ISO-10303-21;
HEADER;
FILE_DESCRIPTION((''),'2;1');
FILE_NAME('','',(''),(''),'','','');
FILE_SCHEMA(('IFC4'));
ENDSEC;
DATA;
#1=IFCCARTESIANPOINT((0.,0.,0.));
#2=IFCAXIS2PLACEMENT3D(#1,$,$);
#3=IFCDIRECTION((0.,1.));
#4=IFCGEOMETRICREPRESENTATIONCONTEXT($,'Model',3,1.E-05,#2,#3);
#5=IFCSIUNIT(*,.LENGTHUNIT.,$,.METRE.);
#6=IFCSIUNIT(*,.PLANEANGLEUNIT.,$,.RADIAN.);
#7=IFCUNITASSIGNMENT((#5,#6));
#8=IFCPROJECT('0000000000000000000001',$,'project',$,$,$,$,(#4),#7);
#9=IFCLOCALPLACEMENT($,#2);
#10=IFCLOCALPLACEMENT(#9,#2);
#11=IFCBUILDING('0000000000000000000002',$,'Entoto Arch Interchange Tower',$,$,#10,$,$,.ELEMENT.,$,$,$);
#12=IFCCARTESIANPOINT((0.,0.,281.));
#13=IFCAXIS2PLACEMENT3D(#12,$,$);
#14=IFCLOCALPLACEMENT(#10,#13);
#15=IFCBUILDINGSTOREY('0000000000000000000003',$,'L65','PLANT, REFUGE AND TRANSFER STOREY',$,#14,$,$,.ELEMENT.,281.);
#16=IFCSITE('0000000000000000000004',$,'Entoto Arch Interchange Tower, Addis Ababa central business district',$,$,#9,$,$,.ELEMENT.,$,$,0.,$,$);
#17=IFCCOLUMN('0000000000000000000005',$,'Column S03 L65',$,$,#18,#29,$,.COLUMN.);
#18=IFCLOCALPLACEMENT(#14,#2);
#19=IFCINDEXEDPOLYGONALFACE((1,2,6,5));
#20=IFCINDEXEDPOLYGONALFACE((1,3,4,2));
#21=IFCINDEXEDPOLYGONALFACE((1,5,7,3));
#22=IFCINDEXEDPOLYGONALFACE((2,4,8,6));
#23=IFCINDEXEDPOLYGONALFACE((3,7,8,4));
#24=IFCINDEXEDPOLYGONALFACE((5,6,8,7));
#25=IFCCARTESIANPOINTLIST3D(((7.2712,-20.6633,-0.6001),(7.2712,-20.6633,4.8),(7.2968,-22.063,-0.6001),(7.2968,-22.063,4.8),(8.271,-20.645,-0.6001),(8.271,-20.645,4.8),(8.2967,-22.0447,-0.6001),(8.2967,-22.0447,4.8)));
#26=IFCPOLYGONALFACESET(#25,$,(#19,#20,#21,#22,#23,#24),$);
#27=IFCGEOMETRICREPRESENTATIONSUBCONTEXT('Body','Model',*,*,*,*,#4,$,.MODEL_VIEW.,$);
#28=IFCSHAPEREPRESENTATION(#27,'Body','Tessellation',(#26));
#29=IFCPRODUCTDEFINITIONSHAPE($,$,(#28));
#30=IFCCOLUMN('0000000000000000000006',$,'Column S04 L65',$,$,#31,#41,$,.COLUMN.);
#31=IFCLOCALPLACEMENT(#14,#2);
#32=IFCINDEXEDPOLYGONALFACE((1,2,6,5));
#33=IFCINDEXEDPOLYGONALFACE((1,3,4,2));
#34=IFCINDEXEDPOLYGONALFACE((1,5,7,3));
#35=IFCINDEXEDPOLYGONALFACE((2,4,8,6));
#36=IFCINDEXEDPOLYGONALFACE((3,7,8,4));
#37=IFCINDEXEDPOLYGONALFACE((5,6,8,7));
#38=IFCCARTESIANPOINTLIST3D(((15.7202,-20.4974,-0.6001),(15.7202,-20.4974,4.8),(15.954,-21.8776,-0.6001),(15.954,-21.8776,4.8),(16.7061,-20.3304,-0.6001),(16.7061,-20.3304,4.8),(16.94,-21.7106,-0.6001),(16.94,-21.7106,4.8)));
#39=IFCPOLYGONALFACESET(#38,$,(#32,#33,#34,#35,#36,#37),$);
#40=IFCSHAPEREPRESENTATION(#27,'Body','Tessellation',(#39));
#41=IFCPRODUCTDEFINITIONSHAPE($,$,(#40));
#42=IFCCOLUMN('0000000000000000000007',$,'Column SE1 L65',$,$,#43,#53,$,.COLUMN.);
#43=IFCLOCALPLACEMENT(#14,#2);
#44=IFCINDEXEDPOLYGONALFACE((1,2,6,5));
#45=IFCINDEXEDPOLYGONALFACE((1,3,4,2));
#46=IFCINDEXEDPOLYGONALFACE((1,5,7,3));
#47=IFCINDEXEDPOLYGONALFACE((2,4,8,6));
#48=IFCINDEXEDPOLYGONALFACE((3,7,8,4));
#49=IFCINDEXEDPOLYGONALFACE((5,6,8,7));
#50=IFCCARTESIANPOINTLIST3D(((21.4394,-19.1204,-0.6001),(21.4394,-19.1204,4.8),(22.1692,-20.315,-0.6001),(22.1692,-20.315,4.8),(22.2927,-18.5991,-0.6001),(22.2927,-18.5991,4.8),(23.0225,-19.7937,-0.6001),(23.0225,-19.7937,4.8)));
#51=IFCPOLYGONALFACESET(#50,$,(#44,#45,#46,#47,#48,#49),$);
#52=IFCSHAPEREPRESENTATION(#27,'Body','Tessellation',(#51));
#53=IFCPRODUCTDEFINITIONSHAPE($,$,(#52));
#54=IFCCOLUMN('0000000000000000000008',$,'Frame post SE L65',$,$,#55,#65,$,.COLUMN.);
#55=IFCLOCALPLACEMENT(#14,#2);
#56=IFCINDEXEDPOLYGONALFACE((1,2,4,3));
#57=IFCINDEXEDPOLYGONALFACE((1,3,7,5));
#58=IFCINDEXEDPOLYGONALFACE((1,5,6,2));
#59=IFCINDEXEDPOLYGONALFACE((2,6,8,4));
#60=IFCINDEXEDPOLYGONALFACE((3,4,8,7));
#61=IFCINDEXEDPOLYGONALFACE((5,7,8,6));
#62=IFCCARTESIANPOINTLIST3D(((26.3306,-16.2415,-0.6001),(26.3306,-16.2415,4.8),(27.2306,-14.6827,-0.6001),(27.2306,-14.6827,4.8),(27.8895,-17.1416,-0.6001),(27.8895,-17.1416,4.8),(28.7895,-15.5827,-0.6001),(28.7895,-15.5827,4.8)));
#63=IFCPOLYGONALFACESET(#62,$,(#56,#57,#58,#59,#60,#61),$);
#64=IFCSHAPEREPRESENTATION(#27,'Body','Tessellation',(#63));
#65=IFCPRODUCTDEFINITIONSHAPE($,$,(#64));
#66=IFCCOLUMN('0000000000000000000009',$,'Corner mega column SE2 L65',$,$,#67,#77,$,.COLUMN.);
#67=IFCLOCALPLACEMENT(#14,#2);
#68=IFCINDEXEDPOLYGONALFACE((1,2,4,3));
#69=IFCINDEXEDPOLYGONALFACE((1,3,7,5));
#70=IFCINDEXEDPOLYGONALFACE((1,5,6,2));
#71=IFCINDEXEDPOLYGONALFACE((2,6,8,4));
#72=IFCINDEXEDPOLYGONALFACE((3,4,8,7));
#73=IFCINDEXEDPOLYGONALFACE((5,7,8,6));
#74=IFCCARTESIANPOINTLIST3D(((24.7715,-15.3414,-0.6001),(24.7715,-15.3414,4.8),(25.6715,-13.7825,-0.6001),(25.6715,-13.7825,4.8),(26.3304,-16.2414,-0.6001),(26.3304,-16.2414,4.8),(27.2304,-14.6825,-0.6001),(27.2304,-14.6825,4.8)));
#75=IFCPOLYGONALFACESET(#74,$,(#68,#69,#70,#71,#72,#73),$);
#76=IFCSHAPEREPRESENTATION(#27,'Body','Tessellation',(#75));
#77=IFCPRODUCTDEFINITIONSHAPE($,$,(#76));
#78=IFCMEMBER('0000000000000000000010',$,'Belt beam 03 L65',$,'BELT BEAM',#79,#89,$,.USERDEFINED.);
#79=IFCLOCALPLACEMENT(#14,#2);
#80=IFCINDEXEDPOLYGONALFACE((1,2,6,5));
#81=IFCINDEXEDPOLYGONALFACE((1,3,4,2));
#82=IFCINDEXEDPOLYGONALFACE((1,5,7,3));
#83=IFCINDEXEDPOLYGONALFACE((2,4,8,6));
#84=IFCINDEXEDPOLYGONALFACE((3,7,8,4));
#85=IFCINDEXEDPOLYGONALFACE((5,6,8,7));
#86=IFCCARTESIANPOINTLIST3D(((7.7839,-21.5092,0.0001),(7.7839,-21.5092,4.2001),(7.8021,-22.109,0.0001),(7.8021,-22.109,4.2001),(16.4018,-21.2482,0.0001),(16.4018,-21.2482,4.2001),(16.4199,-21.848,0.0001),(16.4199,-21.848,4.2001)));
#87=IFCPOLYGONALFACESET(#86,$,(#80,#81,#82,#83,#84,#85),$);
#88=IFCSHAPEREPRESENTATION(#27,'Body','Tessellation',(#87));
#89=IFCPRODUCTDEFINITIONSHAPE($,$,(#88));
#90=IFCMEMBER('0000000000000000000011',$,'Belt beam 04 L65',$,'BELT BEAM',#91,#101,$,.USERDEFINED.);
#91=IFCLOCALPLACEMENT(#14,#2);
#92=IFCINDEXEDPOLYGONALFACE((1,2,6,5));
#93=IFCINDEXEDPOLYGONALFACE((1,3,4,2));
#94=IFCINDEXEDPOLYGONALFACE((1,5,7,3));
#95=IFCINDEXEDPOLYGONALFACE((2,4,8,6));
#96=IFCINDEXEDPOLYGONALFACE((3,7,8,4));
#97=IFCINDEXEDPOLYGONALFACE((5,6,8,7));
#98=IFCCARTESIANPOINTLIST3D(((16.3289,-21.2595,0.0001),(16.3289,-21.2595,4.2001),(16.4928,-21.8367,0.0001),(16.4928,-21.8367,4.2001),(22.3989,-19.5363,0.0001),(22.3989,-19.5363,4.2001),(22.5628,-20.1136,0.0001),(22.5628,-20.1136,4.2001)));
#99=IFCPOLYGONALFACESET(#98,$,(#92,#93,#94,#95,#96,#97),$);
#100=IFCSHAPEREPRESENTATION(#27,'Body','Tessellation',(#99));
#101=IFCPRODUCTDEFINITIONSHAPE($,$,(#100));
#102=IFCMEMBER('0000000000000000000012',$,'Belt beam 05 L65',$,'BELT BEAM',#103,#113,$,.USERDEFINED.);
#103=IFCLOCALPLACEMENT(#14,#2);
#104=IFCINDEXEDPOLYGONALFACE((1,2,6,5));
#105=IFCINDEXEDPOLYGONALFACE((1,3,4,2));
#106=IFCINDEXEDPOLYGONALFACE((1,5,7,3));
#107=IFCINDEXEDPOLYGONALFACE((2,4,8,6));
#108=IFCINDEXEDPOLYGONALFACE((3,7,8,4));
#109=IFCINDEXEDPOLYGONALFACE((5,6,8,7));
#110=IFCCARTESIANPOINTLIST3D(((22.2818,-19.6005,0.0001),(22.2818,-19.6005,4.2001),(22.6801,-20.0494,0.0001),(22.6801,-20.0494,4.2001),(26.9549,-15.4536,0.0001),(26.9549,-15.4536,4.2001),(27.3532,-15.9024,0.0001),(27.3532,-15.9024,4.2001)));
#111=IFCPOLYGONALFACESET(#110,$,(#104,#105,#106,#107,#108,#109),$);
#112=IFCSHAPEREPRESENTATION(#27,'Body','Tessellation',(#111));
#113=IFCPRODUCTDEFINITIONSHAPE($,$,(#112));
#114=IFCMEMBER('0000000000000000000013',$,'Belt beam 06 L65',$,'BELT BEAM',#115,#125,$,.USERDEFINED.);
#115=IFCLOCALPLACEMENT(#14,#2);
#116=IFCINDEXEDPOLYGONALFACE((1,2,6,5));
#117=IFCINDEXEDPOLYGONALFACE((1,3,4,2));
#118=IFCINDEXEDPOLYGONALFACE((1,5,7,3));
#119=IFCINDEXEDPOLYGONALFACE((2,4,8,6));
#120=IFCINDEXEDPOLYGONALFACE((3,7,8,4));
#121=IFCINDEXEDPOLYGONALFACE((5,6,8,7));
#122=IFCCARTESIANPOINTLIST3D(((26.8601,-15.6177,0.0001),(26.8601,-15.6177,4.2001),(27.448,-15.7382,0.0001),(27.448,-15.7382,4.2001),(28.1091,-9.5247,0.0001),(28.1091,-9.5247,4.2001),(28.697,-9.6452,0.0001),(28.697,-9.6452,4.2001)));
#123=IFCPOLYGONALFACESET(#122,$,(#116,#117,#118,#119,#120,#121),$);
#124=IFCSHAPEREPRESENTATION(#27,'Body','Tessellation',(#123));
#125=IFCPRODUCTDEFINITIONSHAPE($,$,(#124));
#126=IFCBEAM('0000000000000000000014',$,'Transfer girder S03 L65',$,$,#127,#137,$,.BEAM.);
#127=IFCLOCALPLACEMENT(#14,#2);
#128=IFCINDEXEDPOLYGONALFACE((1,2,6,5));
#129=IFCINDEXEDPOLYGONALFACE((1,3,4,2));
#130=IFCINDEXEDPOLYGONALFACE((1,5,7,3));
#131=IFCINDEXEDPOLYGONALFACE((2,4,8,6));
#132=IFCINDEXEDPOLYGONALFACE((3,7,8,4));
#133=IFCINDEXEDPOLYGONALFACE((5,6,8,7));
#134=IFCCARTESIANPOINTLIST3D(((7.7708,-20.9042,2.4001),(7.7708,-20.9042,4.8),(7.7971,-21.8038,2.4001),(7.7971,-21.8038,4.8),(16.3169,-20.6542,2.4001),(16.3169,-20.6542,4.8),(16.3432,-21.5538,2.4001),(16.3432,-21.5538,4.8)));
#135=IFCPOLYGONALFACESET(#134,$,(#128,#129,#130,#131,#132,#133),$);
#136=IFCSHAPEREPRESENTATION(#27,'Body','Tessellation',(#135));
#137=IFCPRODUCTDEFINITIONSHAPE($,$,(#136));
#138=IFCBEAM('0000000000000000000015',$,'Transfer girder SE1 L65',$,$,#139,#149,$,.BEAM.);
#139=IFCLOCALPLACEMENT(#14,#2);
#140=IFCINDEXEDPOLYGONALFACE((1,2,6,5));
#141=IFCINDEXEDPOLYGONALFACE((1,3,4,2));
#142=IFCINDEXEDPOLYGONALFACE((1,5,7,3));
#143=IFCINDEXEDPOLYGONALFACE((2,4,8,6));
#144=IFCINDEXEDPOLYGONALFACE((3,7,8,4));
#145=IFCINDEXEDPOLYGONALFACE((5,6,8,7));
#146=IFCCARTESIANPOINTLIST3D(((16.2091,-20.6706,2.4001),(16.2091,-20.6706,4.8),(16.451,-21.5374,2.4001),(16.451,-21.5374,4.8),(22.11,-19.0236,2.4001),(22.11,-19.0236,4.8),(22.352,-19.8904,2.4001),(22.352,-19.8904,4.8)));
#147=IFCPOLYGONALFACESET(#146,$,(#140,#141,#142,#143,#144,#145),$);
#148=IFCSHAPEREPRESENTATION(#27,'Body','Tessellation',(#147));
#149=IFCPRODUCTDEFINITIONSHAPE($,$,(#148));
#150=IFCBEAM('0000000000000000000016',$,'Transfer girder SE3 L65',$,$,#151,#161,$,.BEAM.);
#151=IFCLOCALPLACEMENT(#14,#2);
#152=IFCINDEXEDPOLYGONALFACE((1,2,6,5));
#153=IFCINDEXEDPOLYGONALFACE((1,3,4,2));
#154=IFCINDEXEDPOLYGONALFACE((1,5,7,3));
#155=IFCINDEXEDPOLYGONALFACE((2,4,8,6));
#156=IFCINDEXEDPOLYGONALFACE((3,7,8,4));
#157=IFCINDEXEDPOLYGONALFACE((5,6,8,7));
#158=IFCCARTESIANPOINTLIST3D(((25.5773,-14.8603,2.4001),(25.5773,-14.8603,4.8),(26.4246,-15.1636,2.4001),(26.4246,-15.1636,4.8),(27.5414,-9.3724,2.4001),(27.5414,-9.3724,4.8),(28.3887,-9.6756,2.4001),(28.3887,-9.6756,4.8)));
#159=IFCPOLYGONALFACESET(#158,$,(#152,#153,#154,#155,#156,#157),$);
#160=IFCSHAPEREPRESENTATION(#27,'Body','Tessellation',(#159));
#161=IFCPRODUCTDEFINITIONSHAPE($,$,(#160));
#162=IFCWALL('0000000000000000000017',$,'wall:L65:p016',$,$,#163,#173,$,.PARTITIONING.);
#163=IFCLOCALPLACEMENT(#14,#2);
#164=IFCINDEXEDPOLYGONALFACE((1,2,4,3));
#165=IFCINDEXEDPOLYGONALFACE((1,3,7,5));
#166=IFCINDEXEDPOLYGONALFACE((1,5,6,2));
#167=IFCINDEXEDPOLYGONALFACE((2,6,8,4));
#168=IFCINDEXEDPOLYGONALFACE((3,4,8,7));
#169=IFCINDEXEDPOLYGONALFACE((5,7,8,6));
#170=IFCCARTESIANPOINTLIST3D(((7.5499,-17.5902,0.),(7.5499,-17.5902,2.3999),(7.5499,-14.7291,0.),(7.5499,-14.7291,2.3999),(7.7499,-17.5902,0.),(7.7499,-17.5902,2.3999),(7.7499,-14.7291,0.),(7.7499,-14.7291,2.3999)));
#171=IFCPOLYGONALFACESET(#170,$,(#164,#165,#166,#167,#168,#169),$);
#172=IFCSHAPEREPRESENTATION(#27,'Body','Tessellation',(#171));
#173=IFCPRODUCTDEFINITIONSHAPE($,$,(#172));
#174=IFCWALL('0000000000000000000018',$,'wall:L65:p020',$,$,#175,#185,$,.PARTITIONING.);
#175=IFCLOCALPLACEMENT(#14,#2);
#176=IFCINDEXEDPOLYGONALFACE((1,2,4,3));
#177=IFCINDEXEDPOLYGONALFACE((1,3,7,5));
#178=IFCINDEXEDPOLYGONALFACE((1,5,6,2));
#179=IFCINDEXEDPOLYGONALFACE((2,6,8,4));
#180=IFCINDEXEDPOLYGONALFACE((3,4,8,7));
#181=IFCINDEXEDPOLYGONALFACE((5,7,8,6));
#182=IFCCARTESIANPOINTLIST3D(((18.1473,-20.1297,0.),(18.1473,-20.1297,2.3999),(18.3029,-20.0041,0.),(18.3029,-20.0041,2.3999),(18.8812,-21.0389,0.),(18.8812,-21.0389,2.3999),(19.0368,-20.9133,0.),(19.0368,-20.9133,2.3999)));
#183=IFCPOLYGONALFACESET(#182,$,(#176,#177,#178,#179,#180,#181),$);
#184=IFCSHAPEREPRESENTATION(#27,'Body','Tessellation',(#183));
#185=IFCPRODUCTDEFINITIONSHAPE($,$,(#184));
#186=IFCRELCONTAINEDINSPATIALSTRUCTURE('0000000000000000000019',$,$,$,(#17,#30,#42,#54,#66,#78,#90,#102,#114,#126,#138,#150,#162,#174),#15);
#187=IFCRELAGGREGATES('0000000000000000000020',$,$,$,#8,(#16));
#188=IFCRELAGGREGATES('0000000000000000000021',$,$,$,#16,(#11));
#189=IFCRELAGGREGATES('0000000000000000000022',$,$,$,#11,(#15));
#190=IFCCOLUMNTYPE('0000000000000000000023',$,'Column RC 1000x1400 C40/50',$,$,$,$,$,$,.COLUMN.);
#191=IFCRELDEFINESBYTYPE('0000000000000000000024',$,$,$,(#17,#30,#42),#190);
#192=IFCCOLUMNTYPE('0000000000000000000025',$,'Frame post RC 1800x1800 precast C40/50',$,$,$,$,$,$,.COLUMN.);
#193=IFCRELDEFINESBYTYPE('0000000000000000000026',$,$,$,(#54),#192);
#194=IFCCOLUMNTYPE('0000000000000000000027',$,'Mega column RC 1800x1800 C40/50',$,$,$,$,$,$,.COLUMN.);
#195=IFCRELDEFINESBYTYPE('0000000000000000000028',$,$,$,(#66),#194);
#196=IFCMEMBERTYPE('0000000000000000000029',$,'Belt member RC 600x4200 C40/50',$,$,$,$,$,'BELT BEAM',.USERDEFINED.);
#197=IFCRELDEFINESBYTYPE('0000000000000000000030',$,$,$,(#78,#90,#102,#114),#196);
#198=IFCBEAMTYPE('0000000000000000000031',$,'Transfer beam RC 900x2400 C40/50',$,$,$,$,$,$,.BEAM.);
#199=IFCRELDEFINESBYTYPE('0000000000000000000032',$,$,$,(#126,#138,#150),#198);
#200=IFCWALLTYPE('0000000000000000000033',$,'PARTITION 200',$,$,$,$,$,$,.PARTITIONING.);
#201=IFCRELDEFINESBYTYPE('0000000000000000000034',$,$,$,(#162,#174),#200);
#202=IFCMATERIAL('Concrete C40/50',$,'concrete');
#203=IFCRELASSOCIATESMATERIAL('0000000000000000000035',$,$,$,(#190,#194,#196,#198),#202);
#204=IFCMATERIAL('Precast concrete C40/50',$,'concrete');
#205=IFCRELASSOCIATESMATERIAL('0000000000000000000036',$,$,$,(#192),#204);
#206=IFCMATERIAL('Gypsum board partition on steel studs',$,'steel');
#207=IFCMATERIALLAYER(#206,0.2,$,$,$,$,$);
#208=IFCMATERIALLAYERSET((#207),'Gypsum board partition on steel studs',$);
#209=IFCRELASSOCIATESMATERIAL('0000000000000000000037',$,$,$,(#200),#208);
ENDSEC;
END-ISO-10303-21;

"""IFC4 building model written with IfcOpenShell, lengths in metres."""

from ifc_helpers import new_model, si_unit, direction, frame, frame_2d, origin, origin_2d, place, context, subcontext, project, spatial, rectangle, extrude, material, layer, layer_set, material_profile, profile_set, type_object, element, save


model = new_model("IFC4")

# Units and contexts
model_context = context("Model", 3, precision=1e-05, world=origin(), true_north=direction((0.0, 1.0)))
body_context = subcontext(model_context, "Body", "Model", "MODEL_VIEW")
ifc_project = project(units=[si_unit("LENGTHUNIT", "METRE"), si_unit("PLANEANGLEUNIT", "RADIAN")], contexts=[model_context])

# Site, building, storey
site_placement = place(None, origin())
site = spatial("IfcSite", under=ifc_project, at=site_placement, Name="Entoto Arch Interchange Tower, Addis Ababa central business district", CompositionType="ELEMENT", RefElevation=0.0)
building_placement = place(site_placement, origin())
building = spatial("IfcBuilding", under=site, at=building_placement, Name="Entoto Arch Interchange Tower", CompositionType="ELEMENT")
storey_placement = place(building_placement, frame((0.0, 0.0, 281.0)))
storey = spatial("IfcBuildingStorey", under=building, at=storey_placement, Name="L65", Description="PLANT, REFUGE AND TRANSFER STOREY", CompositionType="ELEMENT", Elevation=281.0)

# Columns
ifc_material_1 = material(Name="Concrete C40/50", Category="concrete")
ifc_material_profile_1 = material_profile(ifc_material_1, rectangle(XDim=1.0, YDim=1.3999, at=origin_2d()))
ifc_profile_set_1 = profile_set([ifc_material_profile_1], Name="Concrete C40/50")
column_type_1 = type_object("IfcColumnType", Name="Column RC 1000x1400 C40/50", PredefinedType="COLUMN", material=ifc_profile_set_1)
for number, where, z_axis, x_axis, name in (
    (1, (7.7839, -21.354, -0.6001), (0.0, 0.0, 1.0), (0.999833, 0.01829, 0.0), "Column S03 L65"),
    (2, (16.3301, -21.104, -0.6001), (0.0, 0.0, 1.0), (0.985952, 0.167027, 0.0), "Column S04 L65"),
    (3, (22.231, -19.457, -0.6001), (0.0, 0.0, 1.0), (0.853342, 0.521352, 0.0), "Column SE1 L65"),
):
    element("IfcColumn", number, at=place(storey_placement, frame(where, z_axis=z_axis, x_axis=x_axis)), inside=storey, type_object=column_type_1, Name=name, PredefinedType="COLUMN", context=body_context, shape_type="SweptSolid", body=[
        extrude(rectangle(XDim=1.0, YDim=1.3999, at=origin_2d()), origin(), (0.0, 0.0, 1.0), 5.4001),
    ])
ifc_material_2 = material(Name="Precast concrete C40/50", Category="concrete")
ifc_material_profile_2 = material_profile(ifc_material_2, rectangle(XDim=1.8, YDim=1.8, at=origin_2d()))
ifc_profile_set_2 = profile_set([ifc_material_profile_2], Name="Precast concrete C40/50")
column_type_2 = type_object("IfcColumnType", Name="Frame post RC 1800x1800 precast C40/50", PredefinedType="COLUMN", material=ifc_profile_set_2)
column_1_placement = place(storey_placement, frame((27.5601, -15.9121, -0.6001), z_axis=(0.0, 0.0, 1.0), x_axis=(-0.866025, 0.5, 0.0)))
element("IfcColumn", 4, at=column_1_placement, inside=storey, type_object=column_type_2, Name="Frame post SE L65", PredefinedType="COLUMN", context=body_context, shape_type="SweptSolid", body=[
    extrude(rectangle(XDim=1.8, YDim=1.8, at=origin_2d()), origin(), (0.0, 0.0, 1.0), 5.4001),
])
ifc_material_profile_3 = material_profile(ifc_material_1, rectangle(XDim=1.8, YDim=1.8, at=origin_2d()))
ifc_profile_set_3 = profile_set([ifc_material_profile_3], Name="Concrete C40/50")
column_type_3 = type_object("IfcColumnType", Name="Mega column RC 1800x1800 C40/50", PredefinedType="COLUMN", material=ifc_profile_set_3)
column_2_placement = place(storey_placement, frame((26.001, -15.012, -0.6001), z_axis=(0.0, 0.0, 1.0), x_axis=(-0.866025, 0.5, 0.0)))
element("IfcColumn", 5, at=column_2_placement, inside=storey, type_object=column_type_3, Name="Corner mega column SE2 L65", PredefinedType="COLUMN", context=body_context, shape_type="SweptSolid", body=[
    extrude(rectangle(XDim=1.8, YDim=1.8, at=origin_2d()), origin(), (0.0, 0.0, 1.0), 5.4001),
])

# Members
ifc_material_profile_4 = material_profile(ifc_material_1, rectangle(XDim=0.6001, YDim=4.2, at=origin_2d()))
ifc_profile_set_4 = profile_set([ifc_material_profile_4], Name="Concrete C40/50")
member_type = type_object("IfcMemberType", Name="Belt member RC 600x4200 C40/50", ElementType="BELT BEAM", PredefinedType="USERDEFINED", material=ifc_profile_set_4)
member_1_placement = place(storey_placement, frame((7.793, -21.8091, 2.1001), z_axis=(0.999542, 0.03027, 0.0), x_axis=(-0.03027, 0.999542, 0.0)))
element("IfcMember", 6, at=member_1_placement, inside=storey, type_object=member_type, Name="Belt beam 03 L65", ObjectType="BELT BEAM", PredefinedType="USERDEFINED", context=body_context, shape_type="SweptSolid", body=[
    extrude(rectangle(XDim=0.6001, YDim=4.2, at=origin_2d()), origin(), (0.0, 0.0, 1.0), 8.6218),
])
member_2_placement = place(storey_placement, frame((16.4109, -21.5481, 2.1001), z_axis=(0.96199, 0.273085, 0.0), x_axis=(-0.273085, 0.96199, 0.0)))
element("IfcMember", 7, at=member_2_placement, inside=storey, type_object=member_type, Name="Belt beam 04 L65", ObjectType="BELT BEAM", PredefinedType="USERDEFINED", context=body_context, shape_type="SweptSolid", body=[
    extrude(rectangle(XDim=0.6001, YDim=4.2, at=origin_2d()), origin(), (0.0, 0.0, 1.0), 6.3098),
])
member_3_placement = place(storey_placement, frame((22.481, -19.825, 2.1001), z_axis=(0.747957, 0.663748, 0.0), x_axis=(-0.663748, 0.747957, 0.0)))
element("IfcMember", 8, at=member_3_placement, inside=storey, type_object=member_type, Name="Belt beam 05 L65", ObjectType="BELT BEAM", PredefinedType="USERDEFINED", context=body_context, shape_type="SweptSolid", body=[
    extrude(rectangle(XDim=0.6001, YDim=4.2, at=origin_2d()), origin(), (0.0, 0.0, 1.0), 6.2478),
])
member_4_placement = place(storey_placement, frame((27.1541, -15.678, 2.1001), z_axis=(0.200817, 0.979629, 0.0), x_axis=(-0.979629, 0.200817, 0.0)))
element("IfcMember", 9, at=member_4_placement, inside=storey, type_object=member_type, Name="Belt beam 06 L65", ObjectType="BELT BEAM", PredefinedType="USERDEFINED", context=body_context, shape_type="SweptSolid", body=[
    extrude(rectangle(XDim=0.6001, YDim=4.2, at=origin_2d()), origin(), (0.0, 0.0, 1.0), 6.2197),
])

# Beams
ifc_material_profile_5 = material_profile(ifc_material_1, rectangle(XDim=0.8999, YDim=2.3999, at=origin_2d()))
ifc_profile_set_5 = profile_set([ifc_material_profile_5], Name="Concrete C40/50")
beam_type = type_object("IfcBeamType", Name="Transfer beam RC 900x2400 C40/50", PredefinedType="BEAM", material=ifc_profile_set_5)
beam_1_placement = place(storey_placement, frame((7.7839, -21.354, 3.6001), z_axis=(0.999572, 0.02924, 0.0), x_axis=(-0.02924, 0.999572, 0.0)))
element("IfcBeam", 10, at=beam_1_placement, inside=storey, type_object=beam_type, Name="Transfer girder S03 L65", PredefinedType="BEAM", context=body_context, shape_type="SweptSolid", body=[
    extrude(rectangle(XDim=0.8999, YDim=2.3999, at=origin_2d()), origin(), (0.0, 0.0, 1.0), 8.5498),
])
beam_2_placement = place(storey_placement, frame((16.3301, -21.104, 3.6001), z_axis=(0.963187, 0.268832, 0.0), x_axis=(-0.268832, 0.963187, 0.0)))
element("IfcBeam", 11, at=beam_2_placement, inside=storey, type_object=beam_type, Name="Transfer girder SE1 L65", PredefinedType="BEAM", context=body_context, shape_type="SweptSolid", body=[
    extrude(rectangle(XDim=0.8999, YDim=2.3999, at=origin_2d()), origin(), (0.0, 0.0, 1.0), 6.1265),
])
beam_3_placement = place(storey_placement, frame((26.001, -15.012, 3.6001), z_axis=(0.33696, 0.941519, 0.0), x_axis=(-0.941519, 0.33696, 0.0)))
element("IfcBeam", 12, at=beam_3_placement, inside=storey, type_object=beam_type, Name="Transfer girder SE3 L65", PredefinedType="BEAM", context=body_context, shape_type="SweptSolid", body=[
    extrude(rectangle(XDim=0.8999, YDim=2.3999, at=origin_2d()), origin(), (0.0, 0.0, 1.0), 5.8289),
])

# Walls
ifc_material_3 = material(Name="Gypsum board partition on steel studs", Category="steel")
ifc_layer_1 = layer(ifc_material_3, 0.2)
ifc_layer_set_1 = layer_set([ifc_layer_1], Name="Gypsum board partition on steel studs")
wall_type_1 = type_object("IfcWallType", Name="PARTITION 200", PredefinedType="PARTITIONING", material=ifc_layer_set_1)
wall_1_placement = place(storey_placement, frame((7.6499, -14.729, 0.0), z_axis=(0.0, 0.0, 1.0), x_axis=(0.0, -1.0, 0.0)))
element("IfcWall", 13, at=wall_1_placement, inside=storey, type_object=wall_type_1, Name="wall:L65:p016", PredefinedType="PARTITIONING", context=body_context, shape_type="SweptSolid", body=[
    extrude(rectangle(XDim=2.8611, YDim=0.2, at=frame_2d((1.4307, 0.0))), origin(), (0.0, 0.0, 1.0), 2.3999),
])
wall_2_placement = place(storey_placement, frame((18.2251, -20.0669, 0.0), z_axis=(0.0, 0.0, 1.0), x_axis=(0.628104, -0.77813, 0.0)))
element("IfcWall", 14, at=wall_2_placement, inside=storey, type_object=wall_type_1, Name="wall:L65:p020", PredefinedType="PARTITIONING", context=body_context, shape_type="SweptSolid", body=[
    extrude(rectangle(XDim=1.1685, YDim=0.2, at=frame_2d((0.5842, 0.0))), origin(), (0.0, 0.0, 1.0), 2.3999),
])

save(model, "model.ifc")
